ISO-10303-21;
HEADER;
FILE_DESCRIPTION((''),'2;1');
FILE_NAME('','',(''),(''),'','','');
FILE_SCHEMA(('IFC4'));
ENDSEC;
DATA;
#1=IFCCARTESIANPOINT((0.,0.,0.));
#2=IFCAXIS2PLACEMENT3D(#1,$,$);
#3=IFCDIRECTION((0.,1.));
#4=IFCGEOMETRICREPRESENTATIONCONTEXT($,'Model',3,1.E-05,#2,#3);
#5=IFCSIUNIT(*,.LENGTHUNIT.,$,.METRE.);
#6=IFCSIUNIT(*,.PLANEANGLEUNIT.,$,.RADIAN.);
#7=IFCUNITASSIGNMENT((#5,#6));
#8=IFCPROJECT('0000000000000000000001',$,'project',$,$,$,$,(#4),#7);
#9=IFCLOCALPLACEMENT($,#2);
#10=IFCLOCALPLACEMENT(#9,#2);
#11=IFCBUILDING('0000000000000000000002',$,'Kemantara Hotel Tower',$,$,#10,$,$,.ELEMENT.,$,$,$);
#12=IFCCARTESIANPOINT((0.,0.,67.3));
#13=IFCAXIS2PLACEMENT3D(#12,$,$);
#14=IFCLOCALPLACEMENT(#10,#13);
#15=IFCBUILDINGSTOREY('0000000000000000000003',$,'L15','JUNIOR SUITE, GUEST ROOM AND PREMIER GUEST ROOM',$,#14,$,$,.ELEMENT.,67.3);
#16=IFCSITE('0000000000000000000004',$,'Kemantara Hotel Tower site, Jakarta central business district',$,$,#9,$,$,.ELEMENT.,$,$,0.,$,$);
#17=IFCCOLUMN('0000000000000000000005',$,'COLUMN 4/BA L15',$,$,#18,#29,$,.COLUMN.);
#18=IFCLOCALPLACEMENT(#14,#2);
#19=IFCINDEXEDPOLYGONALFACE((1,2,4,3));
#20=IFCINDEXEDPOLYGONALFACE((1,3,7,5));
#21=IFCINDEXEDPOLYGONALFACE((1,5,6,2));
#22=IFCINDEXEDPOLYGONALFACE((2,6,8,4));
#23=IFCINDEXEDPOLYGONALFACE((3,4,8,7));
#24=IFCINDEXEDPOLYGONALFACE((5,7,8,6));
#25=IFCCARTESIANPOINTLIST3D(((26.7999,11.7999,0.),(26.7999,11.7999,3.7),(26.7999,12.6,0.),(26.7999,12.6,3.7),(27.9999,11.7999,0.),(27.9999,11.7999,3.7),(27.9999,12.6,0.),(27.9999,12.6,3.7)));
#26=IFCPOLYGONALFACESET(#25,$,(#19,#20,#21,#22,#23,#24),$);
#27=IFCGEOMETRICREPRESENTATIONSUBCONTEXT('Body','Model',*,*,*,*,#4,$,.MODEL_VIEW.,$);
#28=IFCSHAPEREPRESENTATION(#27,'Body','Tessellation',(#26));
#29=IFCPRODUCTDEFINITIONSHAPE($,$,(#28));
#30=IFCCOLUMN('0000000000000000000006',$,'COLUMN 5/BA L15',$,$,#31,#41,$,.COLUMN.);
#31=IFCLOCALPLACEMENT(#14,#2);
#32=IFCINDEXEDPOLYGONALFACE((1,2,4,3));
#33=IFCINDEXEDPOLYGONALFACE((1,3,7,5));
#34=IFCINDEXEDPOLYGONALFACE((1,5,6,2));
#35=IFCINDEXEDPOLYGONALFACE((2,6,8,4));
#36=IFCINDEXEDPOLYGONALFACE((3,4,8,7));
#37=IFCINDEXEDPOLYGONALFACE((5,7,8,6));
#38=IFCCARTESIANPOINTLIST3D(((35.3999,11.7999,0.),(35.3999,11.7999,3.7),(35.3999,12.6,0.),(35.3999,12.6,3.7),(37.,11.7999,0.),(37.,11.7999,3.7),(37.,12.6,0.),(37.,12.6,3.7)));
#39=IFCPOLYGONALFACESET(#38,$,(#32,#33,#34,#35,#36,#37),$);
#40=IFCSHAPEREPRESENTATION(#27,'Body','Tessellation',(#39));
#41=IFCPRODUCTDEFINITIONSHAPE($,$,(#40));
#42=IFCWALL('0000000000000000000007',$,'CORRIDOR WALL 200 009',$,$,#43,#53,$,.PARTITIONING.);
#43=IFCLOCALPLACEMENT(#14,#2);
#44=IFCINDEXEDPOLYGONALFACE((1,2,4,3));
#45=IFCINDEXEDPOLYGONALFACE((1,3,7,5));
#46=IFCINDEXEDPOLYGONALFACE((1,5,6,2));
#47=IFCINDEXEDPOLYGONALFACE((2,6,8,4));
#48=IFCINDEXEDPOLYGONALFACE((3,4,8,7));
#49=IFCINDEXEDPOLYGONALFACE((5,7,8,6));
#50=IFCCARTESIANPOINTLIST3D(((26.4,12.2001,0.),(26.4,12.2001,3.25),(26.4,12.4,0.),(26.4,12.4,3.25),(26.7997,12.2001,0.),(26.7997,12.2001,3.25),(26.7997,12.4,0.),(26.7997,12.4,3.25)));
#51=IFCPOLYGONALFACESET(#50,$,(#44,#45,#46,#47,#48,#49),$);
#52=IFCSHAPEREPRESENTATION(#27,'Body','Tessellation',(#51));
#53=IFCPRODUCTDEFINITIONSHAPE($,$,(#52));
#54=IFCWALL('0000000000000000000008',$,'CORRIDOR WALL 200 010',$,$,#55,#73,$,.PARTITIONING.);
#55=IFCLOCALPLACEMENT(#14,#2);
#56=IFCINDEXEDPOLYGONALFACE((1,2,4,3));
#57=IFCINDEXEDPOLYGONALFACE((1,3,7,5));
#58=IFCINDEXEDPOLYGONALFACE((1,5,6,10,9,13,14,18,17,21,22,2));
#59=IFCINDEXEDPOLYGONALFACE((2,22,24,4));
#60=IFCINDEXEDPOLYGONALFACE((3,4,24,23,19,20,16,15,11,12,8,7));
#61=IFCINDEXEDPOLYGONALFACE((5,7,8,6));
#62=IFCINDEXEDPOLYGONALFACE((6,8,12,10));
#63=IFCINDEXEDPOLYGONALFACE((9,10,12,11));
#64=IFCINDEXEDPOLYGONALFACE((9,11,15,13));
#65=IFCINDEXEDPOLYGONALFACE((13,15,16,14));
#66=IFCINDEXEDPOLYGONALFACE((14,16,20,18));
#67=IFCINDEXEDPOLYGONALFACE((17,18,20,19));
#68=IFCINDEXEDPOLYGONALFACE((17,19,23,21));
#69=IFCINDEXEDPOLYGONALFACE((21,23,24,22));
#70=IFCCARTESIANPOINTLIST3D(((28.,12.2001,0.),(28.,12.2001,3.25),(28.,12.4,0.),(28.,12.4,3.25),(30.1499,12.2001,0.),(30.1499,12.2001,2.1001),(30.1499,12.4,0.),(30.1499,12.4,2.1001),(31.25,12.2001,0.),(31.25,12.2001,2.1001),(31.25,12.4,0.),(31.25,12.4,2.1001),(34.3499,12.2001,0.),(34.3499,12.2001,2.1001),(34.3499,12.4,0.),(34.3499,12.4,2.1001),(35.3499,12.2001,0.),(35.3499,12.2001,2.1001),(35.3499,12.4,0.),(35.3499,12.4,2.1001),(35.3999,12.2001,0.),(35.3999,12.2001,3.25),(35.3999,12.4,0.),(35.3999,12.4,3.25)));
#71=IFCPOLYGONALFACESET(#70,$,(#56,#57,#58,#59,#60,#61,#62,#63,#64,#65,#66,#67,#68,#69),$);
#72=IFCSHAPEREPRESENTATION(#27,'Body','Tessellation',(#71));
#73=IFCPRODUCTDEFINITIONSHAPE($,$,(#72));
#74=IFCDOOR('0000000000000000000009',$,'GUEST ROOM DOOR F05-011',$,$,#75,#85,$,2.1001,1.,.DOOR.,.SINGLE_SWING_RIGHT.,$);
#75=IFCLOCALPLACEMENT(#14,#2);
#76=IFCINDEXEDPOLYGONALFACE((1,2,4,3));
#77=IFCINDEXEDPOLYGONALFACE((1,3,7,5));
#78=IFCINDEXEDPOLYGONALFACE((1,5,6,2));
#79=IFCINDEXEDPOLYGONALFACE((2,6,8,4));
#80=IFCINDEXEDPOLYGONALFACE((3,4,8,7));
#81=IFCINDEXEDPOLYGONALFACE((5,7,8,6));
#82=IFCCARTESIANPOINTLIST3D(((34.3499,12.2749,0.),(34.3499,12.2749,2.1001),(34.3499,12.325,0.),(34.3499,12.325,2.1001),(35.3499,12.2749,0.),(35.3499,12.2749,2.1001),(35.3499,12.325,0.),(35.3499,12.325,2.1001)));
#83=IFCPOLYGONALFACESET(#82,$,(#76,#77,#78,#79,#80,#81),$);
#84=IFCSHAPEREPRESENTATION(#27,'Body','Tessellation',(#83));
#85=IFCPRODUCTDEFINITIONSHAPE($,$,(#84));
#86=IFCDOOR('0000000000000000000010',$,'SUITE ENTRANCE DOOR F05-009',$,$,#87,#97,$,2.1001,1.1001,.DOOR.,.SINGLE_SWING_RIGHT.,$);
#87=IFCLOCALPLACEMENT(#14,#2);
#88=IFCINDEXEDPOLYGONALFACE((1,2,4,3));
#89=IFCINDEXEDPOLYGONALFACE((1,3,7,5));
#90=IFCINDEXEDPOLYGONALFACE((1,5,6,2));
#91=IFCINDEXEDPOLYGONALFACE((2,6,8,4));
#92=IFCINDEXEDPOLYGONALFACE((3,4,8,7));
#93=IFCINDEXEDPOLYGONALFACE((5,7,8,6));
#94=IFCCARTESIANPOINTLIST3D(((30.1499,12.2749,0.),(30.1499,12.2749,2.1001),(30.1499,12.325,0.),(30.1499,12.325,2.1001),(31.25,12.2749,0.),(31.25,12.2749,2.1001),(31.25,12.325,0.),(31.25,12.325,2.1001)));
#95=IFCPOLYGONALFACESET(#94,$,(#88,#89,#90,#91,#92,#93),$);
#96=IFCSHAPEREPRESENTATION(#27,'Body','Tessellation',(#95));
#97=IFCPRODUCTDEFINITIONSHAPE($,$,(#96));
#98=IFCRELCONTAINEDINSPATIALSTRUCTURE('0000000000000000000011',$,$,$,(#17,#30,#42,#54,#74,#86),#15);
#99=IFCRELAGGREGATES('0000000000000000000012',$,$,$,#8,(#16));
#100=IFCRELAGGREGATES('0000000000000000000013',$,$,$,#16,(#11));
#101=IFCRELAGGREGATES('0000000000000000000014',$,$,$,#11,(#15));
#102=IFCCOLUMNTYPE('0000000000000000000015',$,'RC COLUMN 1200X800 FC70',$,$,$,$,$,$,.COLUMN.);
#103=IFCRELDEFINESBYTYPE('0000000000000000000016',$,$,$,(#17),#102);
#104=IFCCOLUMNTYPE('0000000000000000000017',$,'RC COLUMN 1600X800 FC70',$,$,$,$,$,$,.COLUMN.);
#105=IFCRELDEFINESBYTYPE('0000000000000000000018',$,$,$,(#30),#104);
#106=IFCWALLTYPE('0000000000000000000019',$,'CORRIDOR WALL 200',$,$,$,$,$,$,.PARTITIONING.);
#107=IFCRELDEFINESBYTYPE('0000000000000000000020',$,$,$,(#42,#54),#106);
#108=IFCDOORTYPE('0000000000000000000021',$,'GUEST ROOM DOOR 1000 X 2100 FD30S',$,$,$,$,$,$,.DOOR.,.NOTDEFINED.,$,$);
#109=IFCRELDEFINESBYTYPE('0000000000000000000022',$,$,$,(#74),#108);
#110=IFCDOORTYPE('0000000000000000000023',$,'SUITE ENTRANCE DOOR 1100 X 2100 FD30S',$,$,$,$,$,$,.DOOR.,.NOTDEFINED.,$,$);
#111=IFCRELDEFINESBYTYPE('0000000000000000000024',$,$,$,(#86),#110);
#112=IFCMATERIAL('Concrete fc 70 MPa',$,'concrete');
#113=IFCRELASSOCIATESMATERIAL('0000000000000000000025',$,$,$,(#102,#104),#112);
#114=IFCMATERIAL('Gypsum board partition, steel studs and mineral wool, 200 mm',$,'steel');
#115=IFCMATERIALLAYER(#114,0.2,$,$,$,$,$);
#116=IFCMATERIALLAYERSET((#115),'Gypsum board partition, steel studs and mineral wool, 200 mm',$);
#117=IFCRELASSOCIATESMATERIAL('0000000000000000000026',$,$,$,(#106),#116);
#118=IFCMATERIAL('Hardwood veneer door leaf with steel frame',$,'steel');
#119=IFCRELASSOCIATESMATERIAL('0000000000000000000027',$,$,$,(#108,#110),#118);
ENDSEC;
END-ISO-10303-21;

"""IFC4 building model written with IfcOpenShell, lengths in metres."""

from ifc_helpers import new_model, si_unit, direction, frame, frame_2d, origin, origin_2d, place, context, subcontext, project, spatial, rectangle, extrude, material, layer, layer_set, material_profile, profile_set, type_object, element, fill, save


model = new_model("IFC4")

# Units and contexts
model_context = context("Model", 3, precision=1e-05, world=origin(), true_north=direction((0.0, 1.0)))
body_context = subcontext(model_context, "Body", "Model", "MODEL_VIEW")
ifc_project = project(units=[si_unit("LENGTHUNIT", "METRE"), si_unit("PLANEANGLEUNIT", "RADIAN")], contexts=[model_context])

# Site, building, storey
site_placement = place(None, origin())
site = spatial("IfcSite", under=ifc_project, at=site_placement, Name="Kemantara Hotel Tower site, Jakarta central business district", CompositionType="ELEMENT", RefElevation=0.0)
building_placement = place(site_placement, origin())
building = spatial("IfcBuilding", under=site, at=building_placement, Name="Kemantara Hotel Tower", CompositionType="ELEMENT")
storey_placement = place(building_placement, frame((0.0, 0.0, 67.3)))
storey = spatial("IfcBuildingStorey", under=building, at=storey_placement, Name="L15", Description="JUNIOR SUITE, GUEST ROOM AND PREMIER GUEST ROOM", CompositionType="ELEMENT", Elevation=67.3)

# Columns
ifc_material_1 = material(Name="Concrete fc 70 MPa", Category="concrete")
ifc_material_profile_1 = material_profile(ifc_material_1, rectangle(XDim=1.2, YDim=0.8, at=origin_2d()), Name="RC 1200X800")
ifc_profile_set_1 = profile_set([ifc_material_profile_1], Name="Concrete fc 70 MPa")
column_type_1 = type_object("IfcColumnType", Name="RC COLUMN 1200X800 FC70", PredefinedType="COLUMN", material=ifc_profile_set_1)
column_1_placement = place(storey_placement, frame((27.3999, 12.2, 0.0), z_axis=(0.0, 0.0, 1.0), x_axis=(1.0, 0.0, 0.0)))
element("IfcColumn", 1, at=column_1_placement, inside=storey, type_object=column_type_1, Name="COLUMN 4/BA L15", PredefinedType="COLUMN", context=body_context, shape_type="SweptSolid", body=[
    extrude(rectangle(XDim=1.2, YDim=0.8, at=origin_2d()), origin(), (0.0, 0.0, 1.0), 3.7),
])
ifc_material_profile_2 = material_profile(ifc_material_1, rectangle(XDim=1.6001, YDim=0.8, at=origin_2d()), Name="RC 1600X800")
ifc_profile_set_2 = profile_set([ifc_material_profile_2], Name="Concrete fc 70 MPa")
column_type_2 = type_object("IfcColumnType", Name="RC COLUMN 1600X800 FC70", PredefinedType="COLUMN", material=ifc_profile_set_2)
column_2_placement = place(storey_placement, frame((36.2, 12.2, 0.0), z_axis=(0.0, 0.0, 1.0), x_axis=(1.0, 0.0, 0.0)))
element("IfcColumn", 2, at=column_2_placement, inside=storey, type_object=column_type_2, Name="COLUMN 5/BA L15", PredefinedType="COLUMN", context=body_context, shape_type="SweptSolid", body=[
    extrude(rectangle(XDim=1.6001, YDim=0.8, at=origin_2d()), origin(), (0.0, 0.0, 1.0), 3.7),
])

# Wall
ifc_material_2 = material(Name="Gypsum board partition, steel studs and mineral wool, 200 mm", Category="steel")
ifc_layer_1 = layer(ifc_material_2, 0.2)
ifc_layer_set_1 = layer_set([ifc_layer_1], Name="Gypsum board partition, steel studs and mineral wool, 200 mm")
wall_type_1 = type_object("IfcWallType", Name="CORRIDOR WALL 200", PredefinedType="PARTITIONING", material=ifc_layer_set_1)
wall_1_placement = place(storey_placement, frame((26.4001, 12.3, 0.0), z_axis=(0.0, 0.0, 1.0), x_axis=(1.0, 0.0, 0.0)))
element("IfcWall", 3, at=wall_1_placement, inside=storey, type_object=wall_type_1, Name="CORRIDOR WALL 200 009", PredefinedType="PARTITIONING", context=body_context, shape_type="SweptSolid", body=[
    extrude(rectangle(XDim=0.3997, YDim=0.2, at=frame_2d((0.1997, 0.0))), origin(), (0.0, 0.0, 1.0), 3.25),
])

# Wall, openings, doors
wall_2_placement = place(storey_placement, frame((28.0, 12.3, 0.0), z_axis=(0.0, 0.0, 1.0), x_axis=(1.0, 0.0, 0.0)))
wall_2 = element("IfcWall", 4, at=wall_2_placement, inside=storey, type_object=wall_type_1, Name="CORRIDOR WALL 200 010", PredefinedType="PARTITIONING", context=body_context, shape_type="SweptSolid", body=[
    extrude(rectangle(XDim=7.3999, YDim=0.2, at=frame_2d((3.7, 0.0))), origin(), (0.0, 0.0, 1.0), 3.25),
])
opening_1_placement = place(wall_2_placement, frame((2.1499, 0.0, 0.0)))
opening_1 = element("IfcOpeningElement", 5, at=opening_1_placement, cuts=wall_2, PredefinedType="OPENING", context=body_context, shape_type="SweptSolid", body=[
    extrude(rectangle(XDim=1.1001, YDim=2.1001, at=frame_2d((0.55, 1.05))), frame((0.0, 0.1099, 0.0), z_axis=(0.0, -1.0, 0.0), x_axis=(1.0, 0.0, 0.0)), (0.0, 0.0, 1.0), 0.22),
])
opening_2_placement = place(wall_2_placement, frame((6.3499, 0.0, 0.0)))
opening_2 = element("IfcOpeningElement", 6, at=opening_2_placement, cuts=wall_2, PredefinedType="OPENING", context=body_context, shape_type="SweptSolid", body=[
    extrude(rectangle(XDim=1.0, YDim=2.1001, at=frame_2d((0.5, 1.05))), frame((0.0, 0.1099, 0.0), z_axis=(0.0, -1.0, 0.0), x_axis=(1.0, 0.0, 0.0)), (0.0, 0.0, 1.0), 0.22),
])
ifc_material_3 = material(Name="Hardwood veneer door leaf with steel frame", Category="steel")
door_type_1 = type_object("IfcDoorType", Name="GUEST ROOM DOOR 1000 X 2100 FD30S", OperationType="NOTDEFINED", PredefinedType="DOOR", material=ifc_material_3)
door_1_placement = place(opening_2_placement, origin())
door_1 = element("IfcDoor", 7, at=door_1_placement, inside=storey, type_object=door_type_1, Name="GUEST ROOM DOOR F05-011", OperationType="SINGLE_SWING_RIGHT", OverallHeight=2.1001, OverallWidth=1.0, PredefinedType="DOOR", context=body_context, shape_type="SweptSolid", body=[
    extrude(rectangle(XDim=1.0, YDim=2.1001, at=frame_2d((0.5, 1.05))), frame((0.0, 0.0249, 0.0), z_axis=(0.0, -1.0, 0.0), x_axis=(1.0, 0.0, 0.0)), (0.0, 0.0, 1.0), 0.05),
])
fill(opening_2, door_1)
door_type_2 = type_object("IfcDoorType", Name="SUITE ENTRANCE DOOR 1100 X 2100 FD30S", OperationType="NOTDEFINED", PredefinedType="DOOR", material=ifc_material_3)
door_2_placement = place(opening_1_placement, origin())
door_2 = element("IfcDoor", 8, at=door_2_placement, inside=storey, type_object=door_type_2, Name="SUITE ENTRANCE DOOR F05-009", OperationType="SINGLE_SWING_RIGHT", OverallHeight=2.1001, OverallWidth=1.1001, PredefinedType="DOOR", context=body_context, shape_type="SweptSolid", body=[
    extrude(rectangle(XDim=1.1001, YDim=2.1001, at=frame_2d((0.55, 1.05))), frame((0.0, 0.0249, 0.0), z_axis=(0.0, -1.0, 0.0), x_axis=(1.0, 0.0, 0.0)), (0.0, 0.0, 1.0), 0.05),
])
fill(opening_1, door_2)

save(model, "model.ifc")
